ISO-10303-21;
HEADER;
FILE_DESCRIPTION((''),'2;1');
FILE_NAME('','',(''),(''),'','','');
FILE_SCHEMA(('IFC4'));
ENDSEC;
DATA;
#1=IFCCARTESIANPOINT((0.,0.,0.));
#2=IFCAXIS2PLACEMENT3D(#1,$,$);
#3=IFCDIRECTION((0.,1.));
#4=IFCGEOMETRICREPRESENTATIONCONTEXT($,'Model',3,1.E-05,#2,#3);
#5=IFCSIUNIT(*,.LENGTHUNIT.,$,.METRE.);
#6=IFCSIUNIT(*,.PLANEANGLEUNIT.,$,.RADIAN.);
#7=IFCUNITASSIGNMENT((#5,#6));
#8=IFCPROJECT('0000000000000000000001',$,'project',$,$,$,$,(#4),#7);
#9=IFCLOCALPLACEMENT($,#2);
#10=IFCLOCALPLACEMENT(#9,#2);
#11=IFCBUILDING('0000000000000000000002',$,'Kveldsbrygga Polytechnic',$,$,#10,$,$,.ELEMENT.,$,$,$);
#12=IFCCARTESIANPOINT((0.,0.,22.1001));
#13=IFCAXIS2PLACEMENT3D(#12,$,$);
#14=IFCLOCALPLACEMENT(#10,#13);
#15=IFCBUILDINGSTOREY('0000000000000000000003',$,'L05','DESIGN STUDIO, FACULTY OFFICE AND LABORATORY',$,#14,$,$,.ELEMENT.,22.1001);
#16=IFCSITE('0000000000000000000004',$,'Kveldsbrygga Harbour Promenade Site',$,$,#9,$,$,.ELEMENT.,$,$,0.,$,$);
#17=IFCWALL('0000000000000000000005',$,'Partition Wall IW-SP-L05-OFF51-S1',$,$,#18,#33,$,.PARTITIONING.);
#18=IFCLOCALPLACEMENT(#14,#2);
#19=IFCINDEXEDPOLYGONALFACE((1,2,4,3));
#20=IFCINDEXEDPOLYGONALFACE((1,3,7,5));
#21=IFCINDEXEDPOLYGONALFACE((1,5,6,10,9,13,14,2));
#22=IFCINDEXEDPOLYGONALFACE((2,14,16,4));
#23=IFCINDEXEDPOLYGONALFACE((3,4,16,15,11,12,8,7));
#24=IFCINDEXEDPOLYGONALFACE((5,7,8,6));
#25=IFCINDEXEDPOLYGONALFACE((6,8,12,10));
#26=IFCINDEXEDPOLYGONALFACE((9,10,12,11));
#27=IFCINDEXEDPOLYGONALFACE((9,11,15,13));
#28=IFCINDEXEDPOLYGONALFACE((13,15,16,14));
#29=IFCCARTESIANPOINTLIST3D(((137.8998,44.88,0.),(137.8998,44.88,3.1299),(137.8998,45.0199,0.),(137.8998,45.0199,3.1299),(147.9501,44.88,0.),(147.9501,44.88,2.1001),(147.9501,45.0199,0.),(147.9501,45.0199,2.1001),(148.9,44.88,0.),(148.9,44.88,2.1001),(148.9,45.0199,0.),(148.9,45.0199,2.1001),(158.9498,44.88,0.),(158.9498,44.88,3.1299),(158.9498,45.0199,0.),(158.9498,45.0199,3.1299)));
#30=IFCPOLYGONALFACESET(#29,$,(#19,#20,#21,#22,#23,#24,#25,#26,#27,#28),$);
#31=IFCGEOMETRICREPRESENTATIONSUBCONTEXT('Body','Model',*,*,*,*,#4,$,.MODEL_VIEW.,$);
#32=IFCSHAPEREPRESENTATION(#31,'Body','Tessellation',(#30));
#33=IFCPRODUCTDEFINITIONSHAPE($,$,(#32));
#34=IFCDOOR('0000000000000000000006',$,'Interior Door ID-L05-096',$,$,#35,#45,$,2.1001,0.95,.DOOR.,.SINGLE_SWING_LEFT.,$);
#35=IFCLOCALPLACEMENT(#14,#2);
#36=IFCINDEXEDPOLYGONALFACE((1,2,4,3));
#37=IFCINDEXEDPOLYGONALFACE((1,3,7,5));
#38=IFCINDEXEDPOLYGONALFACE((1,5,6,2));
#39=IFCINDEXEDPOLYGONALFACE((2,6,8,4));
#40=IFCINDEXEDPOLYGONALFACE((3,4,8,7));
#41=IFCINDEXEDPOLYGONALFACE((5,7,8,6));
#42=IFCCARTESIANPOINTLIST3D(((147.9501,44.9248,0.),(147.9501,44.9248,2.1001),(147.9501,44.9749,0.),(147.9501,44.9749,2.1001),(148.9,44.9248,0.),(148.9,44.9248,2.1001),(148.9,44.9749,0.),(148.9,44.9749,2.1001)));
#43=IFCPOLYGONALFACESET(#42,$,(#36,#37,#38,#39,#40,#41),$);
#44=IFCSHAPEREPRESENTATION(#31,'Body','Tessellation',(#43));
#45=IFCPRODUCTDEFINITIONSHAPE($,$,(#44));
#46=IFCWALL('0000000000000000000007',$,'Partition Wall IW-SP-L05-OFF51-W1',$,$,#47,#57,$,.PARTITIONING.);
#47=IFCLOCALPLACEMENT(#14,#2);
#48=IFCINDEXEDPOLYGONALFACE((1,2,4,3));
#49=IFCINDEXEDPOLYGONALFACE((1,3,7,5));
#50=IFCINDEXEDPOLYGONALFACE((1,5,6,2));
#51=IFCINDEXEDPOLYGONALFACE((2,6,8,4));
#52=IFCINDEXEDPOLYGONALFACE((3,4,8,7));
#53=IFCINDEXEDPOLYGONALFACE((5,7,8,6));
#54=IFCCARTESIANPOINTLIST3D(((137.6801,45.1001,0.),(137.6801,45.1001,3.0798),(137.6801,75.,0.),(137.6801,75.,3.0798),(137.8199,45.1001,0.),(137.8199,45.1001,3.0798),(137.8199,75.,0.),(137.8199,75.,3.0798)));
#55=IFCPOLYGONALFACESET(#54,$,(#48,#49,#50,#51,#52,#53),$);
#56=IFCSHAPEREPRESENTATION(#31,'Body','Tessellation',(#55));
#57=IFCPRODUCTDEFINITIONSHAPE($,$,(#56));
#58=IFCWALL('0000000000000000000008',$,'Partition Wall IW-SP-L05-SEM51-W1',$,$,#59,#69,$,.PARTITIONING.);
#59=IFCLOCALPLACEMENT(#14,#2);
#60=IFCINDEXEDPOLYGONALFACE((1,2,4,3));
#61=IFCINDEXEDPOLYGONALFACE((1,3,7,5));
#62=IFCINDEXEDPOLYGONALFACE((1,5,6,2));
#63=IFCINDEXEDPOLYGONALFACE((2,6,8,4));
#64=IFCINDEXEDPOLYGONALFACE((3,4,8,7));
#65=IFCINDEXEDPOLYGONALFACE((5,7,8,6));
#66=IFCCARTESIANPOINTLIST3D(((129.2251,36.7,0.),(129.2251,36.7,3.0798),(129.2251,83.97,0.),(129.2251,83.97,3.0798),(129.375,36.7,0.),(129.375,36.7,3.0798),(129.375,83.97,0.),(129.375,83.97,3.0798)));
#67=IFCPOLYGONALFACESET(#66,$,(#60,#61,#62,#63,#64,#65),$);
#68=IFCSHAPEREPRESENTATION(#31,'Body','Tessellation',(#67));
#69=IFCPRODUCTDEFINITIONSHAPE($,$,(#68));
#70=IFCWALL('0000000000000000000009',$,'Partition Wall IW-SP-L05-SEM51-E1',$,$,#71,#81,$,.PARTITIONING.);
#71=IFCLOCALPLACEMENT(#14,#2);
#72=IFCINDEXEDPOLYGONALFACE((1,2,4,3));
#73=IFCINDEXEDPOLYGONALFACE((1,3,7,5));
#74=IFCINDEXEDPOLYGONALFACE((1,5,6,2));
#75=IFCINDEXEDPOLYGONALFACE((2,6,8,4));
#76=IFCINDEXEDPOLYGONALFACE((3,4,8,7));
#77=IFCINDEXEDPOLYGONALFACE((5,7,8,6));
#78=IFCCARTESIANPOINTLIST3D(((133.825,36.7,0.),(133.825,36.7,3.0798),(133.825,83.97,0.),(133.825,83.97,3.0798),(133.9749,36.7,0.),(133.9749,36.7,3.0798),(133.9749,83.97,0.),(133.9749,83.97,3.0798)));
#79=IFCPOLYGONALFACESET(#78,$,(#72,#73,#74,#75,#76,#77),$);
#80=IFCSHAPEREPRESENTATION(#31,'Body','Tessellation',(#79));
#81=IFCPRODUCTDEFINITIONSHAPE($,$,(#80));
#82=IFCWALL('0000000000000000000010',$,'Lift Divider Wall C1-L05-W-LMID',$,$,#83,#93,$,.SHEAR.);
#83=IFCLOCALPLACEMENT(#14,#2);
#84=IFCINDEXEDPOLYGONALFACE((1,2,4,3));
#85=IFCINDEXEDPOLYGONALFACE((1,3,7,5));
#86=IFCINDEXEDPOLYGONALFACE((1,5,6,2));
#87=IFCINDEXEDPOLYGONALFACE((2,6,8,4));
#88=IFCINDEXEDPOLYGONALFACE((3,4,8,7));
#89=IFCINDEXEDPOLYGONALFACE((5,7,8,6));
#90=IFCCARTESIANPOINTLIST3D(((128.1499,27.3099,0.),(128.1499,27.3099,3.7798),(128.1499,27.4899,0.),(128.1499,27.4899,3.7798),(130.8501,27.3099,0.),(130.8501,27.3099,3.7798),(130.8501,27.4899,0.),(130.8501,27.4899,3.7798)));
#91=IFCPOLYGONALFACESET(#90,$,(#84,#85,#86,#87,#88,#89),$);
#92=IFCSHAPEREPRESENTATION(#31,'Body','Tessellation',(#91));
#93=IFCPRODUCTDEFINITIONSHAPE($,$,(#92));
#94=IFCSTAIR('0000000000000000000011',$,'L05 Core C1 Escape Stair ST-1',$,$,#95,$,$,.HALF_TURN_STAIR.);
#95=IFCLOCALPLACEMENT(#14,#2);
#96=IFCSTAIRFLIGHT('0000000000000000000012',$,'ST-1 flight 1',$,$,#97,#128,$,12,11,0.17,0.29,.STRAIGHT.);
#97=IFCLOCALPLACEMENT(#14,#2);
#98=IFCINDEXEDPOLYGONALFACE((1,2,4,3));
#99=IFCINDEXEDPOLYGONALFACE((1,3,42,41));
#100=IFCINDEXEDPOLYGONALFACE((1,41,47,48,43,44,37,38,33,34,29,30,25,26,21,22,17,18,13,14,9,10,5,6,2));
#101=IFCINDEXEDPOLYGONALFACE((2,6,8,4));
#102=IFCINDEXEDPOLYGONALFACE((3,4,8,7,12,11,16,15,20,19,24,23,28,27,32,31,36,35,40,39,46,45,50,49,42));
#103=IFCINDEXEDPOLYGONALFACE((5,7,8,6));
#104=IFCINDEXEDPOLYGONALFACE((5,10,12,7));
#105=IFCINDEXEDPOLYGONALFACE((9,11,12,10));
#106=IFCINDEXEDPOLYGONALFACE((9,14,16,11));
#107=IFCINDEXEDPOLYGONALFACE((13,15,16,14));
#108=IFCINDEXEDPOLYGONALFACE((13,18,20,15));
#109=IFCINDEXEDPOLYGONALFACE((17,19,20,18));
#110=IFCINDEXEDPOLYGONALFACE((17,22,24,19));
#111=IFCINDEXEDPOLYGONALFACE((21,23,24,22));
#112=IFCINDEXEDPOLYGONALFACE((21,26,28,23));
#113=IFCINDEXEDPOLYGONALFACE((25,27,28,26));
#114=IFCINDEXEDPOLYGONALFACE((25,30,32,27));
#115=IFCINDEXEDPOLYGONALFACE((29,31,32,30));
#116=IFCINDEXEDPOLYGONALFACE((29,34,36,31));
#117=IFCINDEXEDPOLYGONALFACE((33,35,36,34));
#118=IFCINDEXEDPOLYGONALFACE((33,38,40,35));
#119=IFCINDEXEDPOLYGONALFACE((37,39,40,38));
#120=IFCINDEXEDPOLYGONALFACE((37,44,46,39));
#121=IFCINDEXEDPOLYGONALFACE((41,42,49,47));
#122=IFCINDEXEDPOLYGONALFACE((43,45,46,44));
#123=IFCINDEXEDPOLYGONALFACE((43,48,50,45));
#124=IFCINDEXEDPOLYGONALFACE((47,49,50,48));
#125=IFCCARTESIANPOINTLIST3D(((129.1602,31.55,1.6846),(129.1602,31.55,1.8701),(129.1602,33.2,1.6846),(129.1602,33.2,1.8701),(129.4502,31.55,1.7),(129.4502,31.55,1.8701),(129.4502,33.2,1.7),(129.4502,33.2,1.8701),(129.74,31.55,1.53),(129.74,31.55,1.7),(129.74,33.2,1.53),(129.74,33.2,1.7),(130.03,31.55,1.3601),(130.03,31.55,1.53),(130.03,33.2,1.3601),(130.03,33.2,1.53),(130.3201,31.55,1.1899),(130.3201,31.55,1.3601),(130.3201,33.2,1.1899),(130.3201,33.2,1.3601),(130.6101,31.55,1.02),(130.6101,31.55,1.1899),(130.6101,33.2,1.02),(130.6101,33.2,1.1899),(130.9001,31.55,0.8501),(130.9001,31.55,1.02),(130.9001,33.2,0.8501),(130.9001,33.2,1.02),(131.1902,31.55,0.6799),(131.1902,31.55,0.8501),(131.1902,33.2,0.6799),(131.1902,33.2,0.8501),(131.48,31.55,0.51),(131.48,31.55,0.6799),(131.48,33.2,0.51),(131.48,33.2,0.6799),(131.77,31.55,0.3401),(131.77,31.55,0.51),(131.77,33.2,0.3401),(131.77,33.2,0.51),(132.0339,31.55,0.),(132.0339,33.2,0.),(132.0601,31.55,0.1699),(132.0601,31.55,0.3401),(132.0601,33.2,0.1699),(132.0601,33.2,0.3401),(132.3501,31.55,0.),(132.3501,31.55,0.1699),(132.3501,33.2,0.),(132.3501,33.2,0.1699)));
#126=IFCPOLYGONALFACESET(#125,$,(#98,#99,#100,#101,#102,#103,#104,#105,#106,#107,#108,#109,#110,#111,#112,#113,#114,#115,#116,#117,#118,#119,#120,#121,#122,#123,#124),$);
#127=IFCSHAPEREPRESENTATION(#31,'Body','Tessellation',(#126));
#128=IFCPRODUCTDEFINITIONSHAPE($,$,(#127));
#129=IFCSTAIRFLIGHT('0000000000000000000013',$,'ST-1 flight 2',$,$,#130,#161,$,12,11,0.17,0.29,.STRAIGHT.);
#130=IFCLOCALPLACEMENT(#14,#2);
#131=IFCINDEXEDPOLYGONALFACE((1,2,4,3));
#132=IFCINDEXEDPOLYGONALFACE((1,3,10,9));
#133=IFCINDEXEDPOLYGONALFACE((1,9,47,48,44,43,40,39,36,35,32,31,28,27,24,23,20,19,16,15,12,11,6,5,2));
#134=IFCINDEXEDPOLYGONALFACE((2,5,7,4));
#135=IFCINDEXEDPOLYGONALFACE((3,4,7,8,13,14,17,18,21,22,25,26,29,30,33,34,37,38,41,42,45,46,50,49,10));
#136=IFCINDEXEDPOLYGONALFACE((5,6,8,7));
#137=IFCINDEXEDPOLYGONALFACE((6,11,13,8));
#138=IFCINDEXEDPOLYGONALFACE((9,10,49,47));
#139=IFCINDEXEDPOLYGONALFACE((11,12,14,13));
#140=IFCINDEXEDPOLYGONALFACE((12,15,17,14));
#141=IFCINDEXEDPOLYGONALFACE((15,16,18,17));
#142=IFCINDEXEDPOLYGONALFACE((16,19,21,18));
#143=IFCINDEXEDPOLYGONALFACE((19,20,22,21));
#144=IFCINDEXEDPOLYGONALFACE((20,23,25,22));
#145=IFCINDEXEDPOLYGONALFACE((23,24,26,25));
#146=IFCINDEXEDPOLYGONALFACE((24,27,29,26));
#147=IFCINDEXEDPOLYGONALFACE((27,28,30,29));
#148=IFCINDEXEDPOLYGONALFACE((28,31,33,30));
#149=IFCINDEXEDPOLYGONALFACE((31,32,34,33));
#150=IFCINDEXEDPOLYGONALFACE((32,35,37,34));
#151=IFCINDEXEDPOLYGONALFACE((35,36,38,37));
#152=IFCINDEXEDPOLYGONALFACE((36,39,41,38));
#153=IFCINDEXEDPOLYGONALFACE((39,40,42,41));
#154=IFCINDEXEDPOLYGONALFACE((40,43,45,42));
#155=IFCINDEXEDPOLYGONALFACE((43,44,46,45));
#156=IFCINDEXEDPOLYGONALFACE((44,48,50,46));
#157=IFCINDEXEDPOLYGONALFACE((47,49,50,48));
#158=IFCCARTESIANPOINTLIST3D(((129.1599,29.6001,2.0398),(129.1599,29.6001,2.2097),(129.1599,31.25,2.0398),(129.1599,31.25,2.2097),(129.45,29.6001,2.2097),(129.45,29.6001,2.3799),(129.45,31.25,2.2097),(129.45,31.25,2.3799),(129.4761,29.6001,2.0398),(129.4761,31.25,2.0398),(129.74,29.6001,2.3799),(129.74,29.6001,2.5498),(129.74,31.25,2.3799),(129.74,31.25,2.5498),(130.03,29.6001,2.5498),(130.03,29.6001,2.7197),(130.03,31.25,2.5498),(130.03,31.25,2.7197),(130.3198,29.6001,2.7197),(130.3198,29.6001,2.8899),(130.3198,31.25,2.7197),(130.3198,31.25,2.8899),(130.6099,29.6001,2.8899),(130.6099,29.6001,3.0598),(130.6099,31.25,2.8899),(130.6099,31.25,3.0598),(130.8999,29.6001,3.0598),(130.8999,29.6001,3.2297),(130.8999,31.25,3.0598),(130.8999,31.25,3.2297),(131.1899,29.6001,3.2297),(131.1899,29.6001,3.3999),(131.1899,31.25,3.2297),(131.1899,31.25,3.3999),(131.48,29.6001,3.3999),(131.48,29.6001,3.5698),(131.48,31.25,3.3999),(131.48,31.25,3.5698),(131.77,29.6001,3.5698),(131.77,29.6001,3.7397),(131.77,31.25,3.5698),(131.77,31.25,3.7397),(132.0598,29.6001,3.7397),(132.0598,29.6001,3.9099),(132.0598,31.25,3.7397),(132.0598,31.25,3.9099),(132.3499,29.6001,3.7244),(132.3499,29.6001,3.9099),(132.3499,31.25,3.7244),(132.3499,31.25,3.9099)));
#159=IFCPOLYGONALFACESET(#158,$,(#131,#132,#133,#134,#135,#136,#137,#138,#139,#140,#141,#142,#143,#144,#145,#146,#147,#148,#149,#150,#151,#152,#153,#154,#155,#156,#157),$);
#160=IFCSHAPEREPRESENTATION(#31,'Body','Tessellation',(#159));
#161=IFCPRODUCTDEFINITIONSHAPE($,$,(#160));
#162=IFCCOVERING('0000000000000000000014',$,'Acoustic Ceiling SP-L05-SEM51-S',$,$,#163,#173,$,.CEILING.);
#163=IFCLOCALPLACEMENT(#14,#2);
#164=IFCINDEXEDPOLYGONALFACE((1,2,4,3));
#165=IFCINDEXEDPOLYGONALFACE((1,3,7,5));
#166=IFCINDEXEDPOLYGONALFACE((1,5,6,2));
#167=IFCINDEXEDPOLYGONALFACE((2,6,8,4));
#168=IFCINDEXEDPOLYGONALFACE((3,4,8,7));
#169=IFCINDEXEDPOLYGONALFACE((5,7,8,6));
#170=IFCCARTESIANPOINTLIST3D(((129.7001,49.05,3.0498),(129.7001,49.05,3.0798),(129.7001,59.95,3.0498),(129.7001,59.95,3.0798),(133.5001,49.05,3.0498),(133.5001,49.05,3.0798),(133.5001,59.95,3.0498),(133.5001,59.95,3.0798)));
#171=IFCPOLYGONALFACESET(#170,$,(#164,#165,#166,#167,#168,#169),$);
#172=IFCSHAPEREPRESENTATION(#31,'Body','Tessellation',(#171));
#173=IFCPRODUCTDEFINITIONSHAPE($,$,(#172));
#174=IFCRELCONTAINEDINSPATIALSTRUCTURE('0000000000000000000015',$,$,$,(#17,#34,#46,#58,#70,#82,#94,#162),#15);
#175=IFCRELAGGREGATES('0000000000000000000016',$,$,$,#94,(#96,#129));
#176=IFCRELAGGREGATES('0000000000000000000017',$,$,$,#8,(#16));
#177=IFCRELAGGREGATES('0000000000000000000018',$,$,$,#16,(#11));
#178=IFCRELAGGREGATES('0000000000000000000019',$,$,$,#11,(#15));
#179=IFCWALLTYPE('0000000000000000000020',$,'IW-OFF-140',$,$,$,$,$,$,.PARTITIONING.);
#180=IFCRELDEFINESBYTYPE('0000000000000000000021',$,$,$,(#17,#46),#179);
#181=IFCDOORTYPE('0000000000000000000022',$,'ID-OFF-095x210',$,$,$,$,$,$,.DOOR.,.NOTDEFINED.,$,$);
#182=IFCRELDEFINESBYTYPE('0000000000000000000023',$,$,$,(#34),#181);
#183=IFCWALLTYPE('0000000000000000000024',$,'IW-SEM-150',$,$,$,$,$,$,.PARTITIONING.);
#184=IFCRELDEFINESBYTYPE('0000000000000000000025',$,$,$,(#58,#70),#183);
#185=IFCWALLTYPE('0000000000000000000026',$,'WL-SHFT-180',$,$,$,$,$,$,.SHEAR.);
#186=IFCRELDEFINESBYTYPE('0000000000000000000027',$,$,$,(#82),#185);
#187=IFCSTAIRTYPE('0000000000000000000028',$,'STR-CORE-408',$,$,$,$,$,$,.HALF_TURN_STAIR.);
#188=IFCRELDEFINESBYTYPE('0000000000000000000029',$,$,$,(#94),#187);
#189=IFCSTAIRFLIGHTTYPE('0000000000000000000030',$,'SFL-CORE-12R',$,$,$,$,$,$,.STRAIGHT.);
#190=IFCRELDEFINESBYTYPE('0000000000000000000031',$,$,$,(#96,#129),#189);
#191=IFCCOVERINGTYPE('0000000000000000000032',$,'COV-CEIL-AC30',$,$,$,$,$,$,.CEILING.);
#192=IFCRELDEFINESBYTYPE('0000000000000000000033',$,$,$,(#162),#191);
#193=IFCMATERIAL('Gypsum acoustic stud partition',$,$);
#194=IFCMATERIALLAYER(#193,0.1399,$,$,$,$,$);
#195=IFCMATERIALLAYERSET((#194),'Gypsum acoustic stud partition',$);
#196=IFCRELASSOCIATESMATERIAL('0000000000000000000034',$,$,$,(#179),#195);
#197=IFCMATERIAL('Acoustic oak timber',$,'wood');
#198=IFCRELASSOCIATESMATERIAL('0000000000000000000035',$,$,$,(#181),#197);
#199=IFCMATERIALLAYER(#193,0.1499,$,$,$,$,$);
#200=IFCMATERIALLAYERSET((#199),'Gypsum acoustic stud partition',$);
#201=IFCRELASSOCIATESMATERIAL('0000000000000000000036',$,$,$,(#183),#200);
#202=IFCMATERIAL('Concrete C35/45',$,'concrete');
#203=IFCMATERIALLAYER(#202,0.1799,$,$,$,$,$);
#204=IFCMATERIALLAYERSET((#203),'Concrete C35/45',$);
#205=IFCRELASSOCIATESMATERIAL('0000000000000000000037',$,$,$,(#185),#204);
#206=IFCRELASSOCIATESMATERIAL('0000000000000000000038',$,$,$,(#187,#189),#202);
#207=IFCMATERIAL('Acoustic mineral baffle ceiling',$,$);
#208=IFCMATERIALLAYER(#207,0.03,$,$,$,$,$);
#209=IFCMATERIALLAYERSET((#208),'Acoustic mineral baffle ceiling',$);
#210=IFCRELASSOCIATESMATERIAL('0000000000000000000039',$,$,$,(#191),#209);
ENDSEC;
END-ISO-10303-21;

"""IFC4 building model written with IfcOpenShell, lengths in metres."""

from ifc_helpers import new_model, si_unit, direction, frame, frame_2d, origin, origin_2d, place, context, subcontext, project, spatial, polyline, rectangle, outline, extrude, material, layer, layer_set, type_object, element, fill, aggregate, save


model = new_model("IFC4")

# Units and contexts
model_context = context("Model", 3, precision=1e-05, world=origin(), true_north=direction((0.0, 1.0)))
body_context = subcontext(model_context, "Body", "Model", "MODEL_VIEW")
ifc_project = project(units=[si_unit("LENGTHUNIT", "METRE"), si_unit("PLANEANGLEUNIT", "RADIAN")], contexts=[model_context])

# Site, building, storey
site_placement = place(None, origin())
site = spatial("IfcSite", under=ifc_project, at=site_placement, Name="Kveldsbrygga Harbour Promenade Site", CompositionType="ELEMENT", RefElevation=0.0)
building_placement = place(site_placement, origin())
building = spatial("IfcBuilding", under=site, at=building_placement, Name="Kveldsbrygga Polytechnic", CompositionType="ELEMENT")
storey_placement = place(building_placement, frame((0.0, 0.0, 22.1001)))
storey = spatial("IfcBuildingStorey", under=building, at=storey_placement, Name="L05", Description="DESIGN STUDIO, FACULTY OFFICE AND LABORATORY", CompositionType="ELEMENT", Elevation=22.1001)

# Shared definitions
ifc_material_1 = material(Name="Concrete C35/45", Category="concrete")

# Wall, opening, door
ifc_material_2 = material(Name="Gypsum acoustic stud partition")
ifc_layer_1 = layer(ifc_material_2, 0.1399)
ifc_layer_set_1 = layer_set([ifc_layer_1], Name="Gypsum acoustic stud partition")
wall_type_1 = type_object("IfcWallType", Name="IW-OFF-140", PredefinedType="PARTITIONING", material=ifc_layer_set_1)
wall_1_placement = place(storey_placement, frame((137.8999, 44.95, 0.0), z_axis=(0.0, 0.0, 1.0), x_axis=(1.0, 0.0, 0.0)))
wall_1 = element("IfcWall", 1, at=wall_1_placement, inside=storey, type_object=wall_type_1, Name="Partition Wall IW-SP-L05-OFF51-S1", PredefinedType="PARTITIONING", context=body_context, shape_type="SweptSolid", body=[
    extrude(rectangle(XDim=21.05, YDim=0.1399, at=frame_2d((10.5249, 0.0))), origin(), (0.0, 0.0, 1.0), 3.1299),
])
opening_1_placement = place(wall_1_placement, frame((10.05, 0.0, 0.0)))
opening_1 = element("IfcOpeningElement", 2, at=opening_1_placement, cuts=wall_1, PredefinedType="OPENING", context=body_context, shape_type="SweptSolid", body=[
    extrude(rectangle(XDim=0.95, YDim=2.1001, at=frame_2d((0.4751, 1.05))), frame((0.0, 0.0801, 0.0), z_axis=(0.0, -1.0, 0.0), x_axis=(1.0, 0.0, 0.0)), (0.0, 0.0, 1.0), 0.1599),
])
ifc_material_3 = material(Name="Acoustic oak timber", Category="wood")
door_type_1 = type_object("IfcDoorType", Name="ID-OFF-095x210", OperationType="NOTDEFINED", PredefinedType="DOOR", material=ifc_material_3)
door_1_placement = place(opening_1_placement, origin())
door_1 = element("IfcDoor", 3, at=door_1_placement, inside=storey, type_object=door_type_1, Name="Interior Door ID-L05-096", OperationType="SINGLE_SWING_LEFT", OverallHeight=2.1001, OverallWidth=0.95, PredefinedType="DOOR", context=body_context, shape_type="SweptSolid", body=[
    extrude(rectangle(XDim=0.95, YDim=2.1001, at=frame_2d((0.4751, 1.05))), frame((0.0, 0.0249, 0.0), z_axis=(0.0, -1.0, 0.0), x_axis=(1.0, 0.0, 0.0)), (0.0, 0.0, 1.0), 0.05),
])
fill(opening_1, door_1)

# Wall
wall_2_placement = place(storey_placement, frame((137.75, 45.1001, 0.0), z_axis=(0.0, 0.0, 1.0), x_axis=(0.0, 1.0, 0.0)))
element("IfcWall", 4, at=wall_2_placement, inside=storey, type_object=wall_type_1, Name="Partition Wall IW-SP-L05-OFF51-W1", PredefinedType="PARTITIONING", context=body_context, shape_type="SweptSolid", body=[
    extrude(rectangle(XDim=29.8999, YDim=0.1399, at=frame_2d((14.95, 0.0))), origin(), (0.0, 0.0, 1.0), 3.0798),
])

# Shared definitions
ifc_layer_2 = layer(ifc_material_2, 0.1499)
ifc_layer_set_2 = layer_set([ifc_layer_2], Name="Gypsum acoustic stud partition")
wall_type_2 = type_object("IfcWallType", Name="IW-SEM-150", PredefinedType="PARTITIONING", material=ifc_layer_set_2)

# Walls
for number, where, z_axis, x_axis, name in (
    (5, (129.3, 36.7, 0.0), (0.0, 0.0, 1.0), (0.0, 1.0, 0.0), "Partition Wall IW-SP-L05-SEM51-W1"),
    (6, (133.8999, 36.7, 0.0), (0.0, 0.0, 1.0), (0.0, 1.0, 0.0), "Partition Wall IW-SP-L05-SEM51-E1"),
):
    element("IfcWall", number, at=place(storey_placement, frame(where, z_axis=z_axis, x_axis=x_axis)), inside=storey, type_object=wall_type_2, Name=name, PredefinedType="PARTITIONING", context=body_context, shape_type="SweptSolid", body=[
        extrude(rectangle(XDim=47.27, YDim=0.1499, at=frame_2d((23.635, 0.0))), origin(), (0.0, 0.0, 1.0), 3.0798),
    ])
ifc_layer_3 = layer(ifc_material_1, 0.1799)
ifc_layer_set_3 = layer_set([ifc_layer_3], Name="Concrete C35/45")
wall_type_3 = type_object("IfcWallType", Name="WL-SHFT-180", PredefinedType="SHEAR", material=ifc_layer_set_3)
wall_3_placement = place(storey_placement, frame((128.1499, 27.3999, 0.0), z_axis=(0.0, 0.0, 1.0), x_axis=(1.0, 0.0, 0.0)))
element("IfcWall", 7, at=wall_3_placement, inside=storey, type_object=wall_type_3, Name="Lift Divider Wall C1-L05-W-LMID", PredefinedType="SHEAR", context=body_context, shape_type="SweptSolid", body=[
    extrude(rectangle(XDim=2.7002, YDim=0.1799, at=frame_2d((1.3501, 0.0))), origin(), (0.0, 0.0, 1.0), 3.7798),
])

# Stair, stair flights
stair_type = type_object("IfcStairType", Name="STR-CORE-408", PredefinedType="HALF_TURN_STAIR", material=ifc_material_1)
stair_placement = place(storey_placement, origin())
stair = element("IfcStair", 8, at=stair_placement, inside=storey, type_object=stair_type, Name="L05 Core C1 Escape Stair ST-1", PredefinedType="HALF_TURN_STAIR")
stair_flight_type = type_object("IfcStairFlightType", Name="SFL-CORE-12R", PredefinedType="STRAIGHT", material=ifc_material_1)
stair_flight_1_placement = place(storey_placement, frame((132.3501, 32.375, 0.0), z_axis=(0.0, 0.0, 1.0), x_axis=(-1.0, 0.0, 0.0)))
stair_flight_1 = element("IfcStairFlight", 9, at=stair_flight_1_placement, type_object=stair_flight_type, Name="ST-1 flight 1", NumberOfRisers=12, NumberOfTreads=11, PredefinedType="STRAIGHT", RiserHeight=0.17, TreadLength=0.29, context=body_context, shape_type="SweptSolid", body=[
    extrude(outline(polyline([(0.0, 0.0), (0.0, 0.1699), (0.29, 0.1699), (0.29, 0.3401), (0.5801, 0.3401), (0.5801, 0.51), (0.8701, 0.51), (0.8701, 0.6799), (1.1599, 0.6799), (1.1599, 0.8501), (1.45, 0.8501), (1.45, 1.02), (1.74, 1.02), (1.74, 1.1899), (2.03, 1.1899), (2.03, 1.3601), (2.3201, 1.3601), (2.3201, 1.53), (2.6101, 1.53), (2.6101, 1.7), (2.8999, 1.7), (2.8999, 1.8701), (3.1899, 1.8701), (3.1899, 2.04), (3.1899, 1.6846), (0.3162, 0.0), (0.0, 0.0)])), frame((0.0, 0.825, 0.0), z_axis=(0.0, -1.0, 0.0), x_axis=(1.0, 0.0, 0.0)), (0.0, 0.0, 1.0), 1.6499),
])
stair_flight_2_placement = place(storey_placement, frame((129.1599, 30.425, 2.0398), z_axis=(0.0, 0.0, 1.0), x_axis=(1.0, 0.0, 0.0)))
stair_flight_2 = element("IfcStairFlight", 10, at=stair_flight_2_placement, type_object=stair_flight_type, Name="ST-1 flight 2", NumberOfRisers=12, NumberOfTreads=11, PredefinedType="STRAIGHT", RiserHeight=0.17, TreadLength=0.29, context=body_context, shape_type="SweptSolid", body=[
    extrude(outline(polyline([(0.0, 0.0), (0.0, 0.1699), (0.29, 0.1699), (0.29, 0.3401), (0.5801, 0.3401), (0.5801, 0.51), (0.8701, 0.51), (0.8701, 0.6799), (1.1599, 0.6799), (1.1599, 0.8501), (1.45, 0.8501), (1.45, 1.02), (1.74, 1.02), (1.74, 1.1899), (2.03, 1.1899), (2.03, 1.3601), (2.3201, 1.3601), (2.3201, 1.53), (2.6101, 1.53), (2.6101, 1.7), (2.8999, 1.7), (2.8999, 1.8701), (3.1899, 1.8701), (3.1899, 2.04), (3.1899, 1.6846), (0.3162, 0.0), (0.0, 0.0)])), frame((0.0, 0.825, 0.0), z_axis=(0.0, -1.0, 0.0), x_axis=(1.0, 0.0, 0.0)), (0.0, 0.0, 1.0), 1.6499),
])
aggregate(stair, [stair_flight_1, stair_flight_2])

# Covering
ifc_material_4 = material(Name="Acoustic mineral baffle ceiling")
ifc_layer_4 = layer(ifc_material_4, 0.03)
ifc_layer_set_4 = layer_set([ifc_layer_4], Name="Acoustic mineral baffle ceiling")
covering_type_1 = type_object("IfcCoveringType", Name="COV-CEIL-AC30", PredefinedType="CEILING", material=ifc_layer_set_4)
covering_1_placement = place(storey_placement, frame((131.6001, 54.5, 3.0498), z_axis=(0.0, 0.0, 1.0), x_axis=(1.0, 0.0, 0.0)))
element("IfcCovering", 11, at=covering_1_placement, inside=storey, type_object=covering_type_1, Name="Acoustic Ceiling SP-L05-SEM51-S", PredefinedType="CEILING", context=body_context, shape_type="SweptSolid", body=[
    extrude(rectangle(XDim=3.8, YDim=10.8999, at=origin_2d()), origin(), (0.0, 0.0, 1.0), 0.03),
])

save(model, "model.ifc")
